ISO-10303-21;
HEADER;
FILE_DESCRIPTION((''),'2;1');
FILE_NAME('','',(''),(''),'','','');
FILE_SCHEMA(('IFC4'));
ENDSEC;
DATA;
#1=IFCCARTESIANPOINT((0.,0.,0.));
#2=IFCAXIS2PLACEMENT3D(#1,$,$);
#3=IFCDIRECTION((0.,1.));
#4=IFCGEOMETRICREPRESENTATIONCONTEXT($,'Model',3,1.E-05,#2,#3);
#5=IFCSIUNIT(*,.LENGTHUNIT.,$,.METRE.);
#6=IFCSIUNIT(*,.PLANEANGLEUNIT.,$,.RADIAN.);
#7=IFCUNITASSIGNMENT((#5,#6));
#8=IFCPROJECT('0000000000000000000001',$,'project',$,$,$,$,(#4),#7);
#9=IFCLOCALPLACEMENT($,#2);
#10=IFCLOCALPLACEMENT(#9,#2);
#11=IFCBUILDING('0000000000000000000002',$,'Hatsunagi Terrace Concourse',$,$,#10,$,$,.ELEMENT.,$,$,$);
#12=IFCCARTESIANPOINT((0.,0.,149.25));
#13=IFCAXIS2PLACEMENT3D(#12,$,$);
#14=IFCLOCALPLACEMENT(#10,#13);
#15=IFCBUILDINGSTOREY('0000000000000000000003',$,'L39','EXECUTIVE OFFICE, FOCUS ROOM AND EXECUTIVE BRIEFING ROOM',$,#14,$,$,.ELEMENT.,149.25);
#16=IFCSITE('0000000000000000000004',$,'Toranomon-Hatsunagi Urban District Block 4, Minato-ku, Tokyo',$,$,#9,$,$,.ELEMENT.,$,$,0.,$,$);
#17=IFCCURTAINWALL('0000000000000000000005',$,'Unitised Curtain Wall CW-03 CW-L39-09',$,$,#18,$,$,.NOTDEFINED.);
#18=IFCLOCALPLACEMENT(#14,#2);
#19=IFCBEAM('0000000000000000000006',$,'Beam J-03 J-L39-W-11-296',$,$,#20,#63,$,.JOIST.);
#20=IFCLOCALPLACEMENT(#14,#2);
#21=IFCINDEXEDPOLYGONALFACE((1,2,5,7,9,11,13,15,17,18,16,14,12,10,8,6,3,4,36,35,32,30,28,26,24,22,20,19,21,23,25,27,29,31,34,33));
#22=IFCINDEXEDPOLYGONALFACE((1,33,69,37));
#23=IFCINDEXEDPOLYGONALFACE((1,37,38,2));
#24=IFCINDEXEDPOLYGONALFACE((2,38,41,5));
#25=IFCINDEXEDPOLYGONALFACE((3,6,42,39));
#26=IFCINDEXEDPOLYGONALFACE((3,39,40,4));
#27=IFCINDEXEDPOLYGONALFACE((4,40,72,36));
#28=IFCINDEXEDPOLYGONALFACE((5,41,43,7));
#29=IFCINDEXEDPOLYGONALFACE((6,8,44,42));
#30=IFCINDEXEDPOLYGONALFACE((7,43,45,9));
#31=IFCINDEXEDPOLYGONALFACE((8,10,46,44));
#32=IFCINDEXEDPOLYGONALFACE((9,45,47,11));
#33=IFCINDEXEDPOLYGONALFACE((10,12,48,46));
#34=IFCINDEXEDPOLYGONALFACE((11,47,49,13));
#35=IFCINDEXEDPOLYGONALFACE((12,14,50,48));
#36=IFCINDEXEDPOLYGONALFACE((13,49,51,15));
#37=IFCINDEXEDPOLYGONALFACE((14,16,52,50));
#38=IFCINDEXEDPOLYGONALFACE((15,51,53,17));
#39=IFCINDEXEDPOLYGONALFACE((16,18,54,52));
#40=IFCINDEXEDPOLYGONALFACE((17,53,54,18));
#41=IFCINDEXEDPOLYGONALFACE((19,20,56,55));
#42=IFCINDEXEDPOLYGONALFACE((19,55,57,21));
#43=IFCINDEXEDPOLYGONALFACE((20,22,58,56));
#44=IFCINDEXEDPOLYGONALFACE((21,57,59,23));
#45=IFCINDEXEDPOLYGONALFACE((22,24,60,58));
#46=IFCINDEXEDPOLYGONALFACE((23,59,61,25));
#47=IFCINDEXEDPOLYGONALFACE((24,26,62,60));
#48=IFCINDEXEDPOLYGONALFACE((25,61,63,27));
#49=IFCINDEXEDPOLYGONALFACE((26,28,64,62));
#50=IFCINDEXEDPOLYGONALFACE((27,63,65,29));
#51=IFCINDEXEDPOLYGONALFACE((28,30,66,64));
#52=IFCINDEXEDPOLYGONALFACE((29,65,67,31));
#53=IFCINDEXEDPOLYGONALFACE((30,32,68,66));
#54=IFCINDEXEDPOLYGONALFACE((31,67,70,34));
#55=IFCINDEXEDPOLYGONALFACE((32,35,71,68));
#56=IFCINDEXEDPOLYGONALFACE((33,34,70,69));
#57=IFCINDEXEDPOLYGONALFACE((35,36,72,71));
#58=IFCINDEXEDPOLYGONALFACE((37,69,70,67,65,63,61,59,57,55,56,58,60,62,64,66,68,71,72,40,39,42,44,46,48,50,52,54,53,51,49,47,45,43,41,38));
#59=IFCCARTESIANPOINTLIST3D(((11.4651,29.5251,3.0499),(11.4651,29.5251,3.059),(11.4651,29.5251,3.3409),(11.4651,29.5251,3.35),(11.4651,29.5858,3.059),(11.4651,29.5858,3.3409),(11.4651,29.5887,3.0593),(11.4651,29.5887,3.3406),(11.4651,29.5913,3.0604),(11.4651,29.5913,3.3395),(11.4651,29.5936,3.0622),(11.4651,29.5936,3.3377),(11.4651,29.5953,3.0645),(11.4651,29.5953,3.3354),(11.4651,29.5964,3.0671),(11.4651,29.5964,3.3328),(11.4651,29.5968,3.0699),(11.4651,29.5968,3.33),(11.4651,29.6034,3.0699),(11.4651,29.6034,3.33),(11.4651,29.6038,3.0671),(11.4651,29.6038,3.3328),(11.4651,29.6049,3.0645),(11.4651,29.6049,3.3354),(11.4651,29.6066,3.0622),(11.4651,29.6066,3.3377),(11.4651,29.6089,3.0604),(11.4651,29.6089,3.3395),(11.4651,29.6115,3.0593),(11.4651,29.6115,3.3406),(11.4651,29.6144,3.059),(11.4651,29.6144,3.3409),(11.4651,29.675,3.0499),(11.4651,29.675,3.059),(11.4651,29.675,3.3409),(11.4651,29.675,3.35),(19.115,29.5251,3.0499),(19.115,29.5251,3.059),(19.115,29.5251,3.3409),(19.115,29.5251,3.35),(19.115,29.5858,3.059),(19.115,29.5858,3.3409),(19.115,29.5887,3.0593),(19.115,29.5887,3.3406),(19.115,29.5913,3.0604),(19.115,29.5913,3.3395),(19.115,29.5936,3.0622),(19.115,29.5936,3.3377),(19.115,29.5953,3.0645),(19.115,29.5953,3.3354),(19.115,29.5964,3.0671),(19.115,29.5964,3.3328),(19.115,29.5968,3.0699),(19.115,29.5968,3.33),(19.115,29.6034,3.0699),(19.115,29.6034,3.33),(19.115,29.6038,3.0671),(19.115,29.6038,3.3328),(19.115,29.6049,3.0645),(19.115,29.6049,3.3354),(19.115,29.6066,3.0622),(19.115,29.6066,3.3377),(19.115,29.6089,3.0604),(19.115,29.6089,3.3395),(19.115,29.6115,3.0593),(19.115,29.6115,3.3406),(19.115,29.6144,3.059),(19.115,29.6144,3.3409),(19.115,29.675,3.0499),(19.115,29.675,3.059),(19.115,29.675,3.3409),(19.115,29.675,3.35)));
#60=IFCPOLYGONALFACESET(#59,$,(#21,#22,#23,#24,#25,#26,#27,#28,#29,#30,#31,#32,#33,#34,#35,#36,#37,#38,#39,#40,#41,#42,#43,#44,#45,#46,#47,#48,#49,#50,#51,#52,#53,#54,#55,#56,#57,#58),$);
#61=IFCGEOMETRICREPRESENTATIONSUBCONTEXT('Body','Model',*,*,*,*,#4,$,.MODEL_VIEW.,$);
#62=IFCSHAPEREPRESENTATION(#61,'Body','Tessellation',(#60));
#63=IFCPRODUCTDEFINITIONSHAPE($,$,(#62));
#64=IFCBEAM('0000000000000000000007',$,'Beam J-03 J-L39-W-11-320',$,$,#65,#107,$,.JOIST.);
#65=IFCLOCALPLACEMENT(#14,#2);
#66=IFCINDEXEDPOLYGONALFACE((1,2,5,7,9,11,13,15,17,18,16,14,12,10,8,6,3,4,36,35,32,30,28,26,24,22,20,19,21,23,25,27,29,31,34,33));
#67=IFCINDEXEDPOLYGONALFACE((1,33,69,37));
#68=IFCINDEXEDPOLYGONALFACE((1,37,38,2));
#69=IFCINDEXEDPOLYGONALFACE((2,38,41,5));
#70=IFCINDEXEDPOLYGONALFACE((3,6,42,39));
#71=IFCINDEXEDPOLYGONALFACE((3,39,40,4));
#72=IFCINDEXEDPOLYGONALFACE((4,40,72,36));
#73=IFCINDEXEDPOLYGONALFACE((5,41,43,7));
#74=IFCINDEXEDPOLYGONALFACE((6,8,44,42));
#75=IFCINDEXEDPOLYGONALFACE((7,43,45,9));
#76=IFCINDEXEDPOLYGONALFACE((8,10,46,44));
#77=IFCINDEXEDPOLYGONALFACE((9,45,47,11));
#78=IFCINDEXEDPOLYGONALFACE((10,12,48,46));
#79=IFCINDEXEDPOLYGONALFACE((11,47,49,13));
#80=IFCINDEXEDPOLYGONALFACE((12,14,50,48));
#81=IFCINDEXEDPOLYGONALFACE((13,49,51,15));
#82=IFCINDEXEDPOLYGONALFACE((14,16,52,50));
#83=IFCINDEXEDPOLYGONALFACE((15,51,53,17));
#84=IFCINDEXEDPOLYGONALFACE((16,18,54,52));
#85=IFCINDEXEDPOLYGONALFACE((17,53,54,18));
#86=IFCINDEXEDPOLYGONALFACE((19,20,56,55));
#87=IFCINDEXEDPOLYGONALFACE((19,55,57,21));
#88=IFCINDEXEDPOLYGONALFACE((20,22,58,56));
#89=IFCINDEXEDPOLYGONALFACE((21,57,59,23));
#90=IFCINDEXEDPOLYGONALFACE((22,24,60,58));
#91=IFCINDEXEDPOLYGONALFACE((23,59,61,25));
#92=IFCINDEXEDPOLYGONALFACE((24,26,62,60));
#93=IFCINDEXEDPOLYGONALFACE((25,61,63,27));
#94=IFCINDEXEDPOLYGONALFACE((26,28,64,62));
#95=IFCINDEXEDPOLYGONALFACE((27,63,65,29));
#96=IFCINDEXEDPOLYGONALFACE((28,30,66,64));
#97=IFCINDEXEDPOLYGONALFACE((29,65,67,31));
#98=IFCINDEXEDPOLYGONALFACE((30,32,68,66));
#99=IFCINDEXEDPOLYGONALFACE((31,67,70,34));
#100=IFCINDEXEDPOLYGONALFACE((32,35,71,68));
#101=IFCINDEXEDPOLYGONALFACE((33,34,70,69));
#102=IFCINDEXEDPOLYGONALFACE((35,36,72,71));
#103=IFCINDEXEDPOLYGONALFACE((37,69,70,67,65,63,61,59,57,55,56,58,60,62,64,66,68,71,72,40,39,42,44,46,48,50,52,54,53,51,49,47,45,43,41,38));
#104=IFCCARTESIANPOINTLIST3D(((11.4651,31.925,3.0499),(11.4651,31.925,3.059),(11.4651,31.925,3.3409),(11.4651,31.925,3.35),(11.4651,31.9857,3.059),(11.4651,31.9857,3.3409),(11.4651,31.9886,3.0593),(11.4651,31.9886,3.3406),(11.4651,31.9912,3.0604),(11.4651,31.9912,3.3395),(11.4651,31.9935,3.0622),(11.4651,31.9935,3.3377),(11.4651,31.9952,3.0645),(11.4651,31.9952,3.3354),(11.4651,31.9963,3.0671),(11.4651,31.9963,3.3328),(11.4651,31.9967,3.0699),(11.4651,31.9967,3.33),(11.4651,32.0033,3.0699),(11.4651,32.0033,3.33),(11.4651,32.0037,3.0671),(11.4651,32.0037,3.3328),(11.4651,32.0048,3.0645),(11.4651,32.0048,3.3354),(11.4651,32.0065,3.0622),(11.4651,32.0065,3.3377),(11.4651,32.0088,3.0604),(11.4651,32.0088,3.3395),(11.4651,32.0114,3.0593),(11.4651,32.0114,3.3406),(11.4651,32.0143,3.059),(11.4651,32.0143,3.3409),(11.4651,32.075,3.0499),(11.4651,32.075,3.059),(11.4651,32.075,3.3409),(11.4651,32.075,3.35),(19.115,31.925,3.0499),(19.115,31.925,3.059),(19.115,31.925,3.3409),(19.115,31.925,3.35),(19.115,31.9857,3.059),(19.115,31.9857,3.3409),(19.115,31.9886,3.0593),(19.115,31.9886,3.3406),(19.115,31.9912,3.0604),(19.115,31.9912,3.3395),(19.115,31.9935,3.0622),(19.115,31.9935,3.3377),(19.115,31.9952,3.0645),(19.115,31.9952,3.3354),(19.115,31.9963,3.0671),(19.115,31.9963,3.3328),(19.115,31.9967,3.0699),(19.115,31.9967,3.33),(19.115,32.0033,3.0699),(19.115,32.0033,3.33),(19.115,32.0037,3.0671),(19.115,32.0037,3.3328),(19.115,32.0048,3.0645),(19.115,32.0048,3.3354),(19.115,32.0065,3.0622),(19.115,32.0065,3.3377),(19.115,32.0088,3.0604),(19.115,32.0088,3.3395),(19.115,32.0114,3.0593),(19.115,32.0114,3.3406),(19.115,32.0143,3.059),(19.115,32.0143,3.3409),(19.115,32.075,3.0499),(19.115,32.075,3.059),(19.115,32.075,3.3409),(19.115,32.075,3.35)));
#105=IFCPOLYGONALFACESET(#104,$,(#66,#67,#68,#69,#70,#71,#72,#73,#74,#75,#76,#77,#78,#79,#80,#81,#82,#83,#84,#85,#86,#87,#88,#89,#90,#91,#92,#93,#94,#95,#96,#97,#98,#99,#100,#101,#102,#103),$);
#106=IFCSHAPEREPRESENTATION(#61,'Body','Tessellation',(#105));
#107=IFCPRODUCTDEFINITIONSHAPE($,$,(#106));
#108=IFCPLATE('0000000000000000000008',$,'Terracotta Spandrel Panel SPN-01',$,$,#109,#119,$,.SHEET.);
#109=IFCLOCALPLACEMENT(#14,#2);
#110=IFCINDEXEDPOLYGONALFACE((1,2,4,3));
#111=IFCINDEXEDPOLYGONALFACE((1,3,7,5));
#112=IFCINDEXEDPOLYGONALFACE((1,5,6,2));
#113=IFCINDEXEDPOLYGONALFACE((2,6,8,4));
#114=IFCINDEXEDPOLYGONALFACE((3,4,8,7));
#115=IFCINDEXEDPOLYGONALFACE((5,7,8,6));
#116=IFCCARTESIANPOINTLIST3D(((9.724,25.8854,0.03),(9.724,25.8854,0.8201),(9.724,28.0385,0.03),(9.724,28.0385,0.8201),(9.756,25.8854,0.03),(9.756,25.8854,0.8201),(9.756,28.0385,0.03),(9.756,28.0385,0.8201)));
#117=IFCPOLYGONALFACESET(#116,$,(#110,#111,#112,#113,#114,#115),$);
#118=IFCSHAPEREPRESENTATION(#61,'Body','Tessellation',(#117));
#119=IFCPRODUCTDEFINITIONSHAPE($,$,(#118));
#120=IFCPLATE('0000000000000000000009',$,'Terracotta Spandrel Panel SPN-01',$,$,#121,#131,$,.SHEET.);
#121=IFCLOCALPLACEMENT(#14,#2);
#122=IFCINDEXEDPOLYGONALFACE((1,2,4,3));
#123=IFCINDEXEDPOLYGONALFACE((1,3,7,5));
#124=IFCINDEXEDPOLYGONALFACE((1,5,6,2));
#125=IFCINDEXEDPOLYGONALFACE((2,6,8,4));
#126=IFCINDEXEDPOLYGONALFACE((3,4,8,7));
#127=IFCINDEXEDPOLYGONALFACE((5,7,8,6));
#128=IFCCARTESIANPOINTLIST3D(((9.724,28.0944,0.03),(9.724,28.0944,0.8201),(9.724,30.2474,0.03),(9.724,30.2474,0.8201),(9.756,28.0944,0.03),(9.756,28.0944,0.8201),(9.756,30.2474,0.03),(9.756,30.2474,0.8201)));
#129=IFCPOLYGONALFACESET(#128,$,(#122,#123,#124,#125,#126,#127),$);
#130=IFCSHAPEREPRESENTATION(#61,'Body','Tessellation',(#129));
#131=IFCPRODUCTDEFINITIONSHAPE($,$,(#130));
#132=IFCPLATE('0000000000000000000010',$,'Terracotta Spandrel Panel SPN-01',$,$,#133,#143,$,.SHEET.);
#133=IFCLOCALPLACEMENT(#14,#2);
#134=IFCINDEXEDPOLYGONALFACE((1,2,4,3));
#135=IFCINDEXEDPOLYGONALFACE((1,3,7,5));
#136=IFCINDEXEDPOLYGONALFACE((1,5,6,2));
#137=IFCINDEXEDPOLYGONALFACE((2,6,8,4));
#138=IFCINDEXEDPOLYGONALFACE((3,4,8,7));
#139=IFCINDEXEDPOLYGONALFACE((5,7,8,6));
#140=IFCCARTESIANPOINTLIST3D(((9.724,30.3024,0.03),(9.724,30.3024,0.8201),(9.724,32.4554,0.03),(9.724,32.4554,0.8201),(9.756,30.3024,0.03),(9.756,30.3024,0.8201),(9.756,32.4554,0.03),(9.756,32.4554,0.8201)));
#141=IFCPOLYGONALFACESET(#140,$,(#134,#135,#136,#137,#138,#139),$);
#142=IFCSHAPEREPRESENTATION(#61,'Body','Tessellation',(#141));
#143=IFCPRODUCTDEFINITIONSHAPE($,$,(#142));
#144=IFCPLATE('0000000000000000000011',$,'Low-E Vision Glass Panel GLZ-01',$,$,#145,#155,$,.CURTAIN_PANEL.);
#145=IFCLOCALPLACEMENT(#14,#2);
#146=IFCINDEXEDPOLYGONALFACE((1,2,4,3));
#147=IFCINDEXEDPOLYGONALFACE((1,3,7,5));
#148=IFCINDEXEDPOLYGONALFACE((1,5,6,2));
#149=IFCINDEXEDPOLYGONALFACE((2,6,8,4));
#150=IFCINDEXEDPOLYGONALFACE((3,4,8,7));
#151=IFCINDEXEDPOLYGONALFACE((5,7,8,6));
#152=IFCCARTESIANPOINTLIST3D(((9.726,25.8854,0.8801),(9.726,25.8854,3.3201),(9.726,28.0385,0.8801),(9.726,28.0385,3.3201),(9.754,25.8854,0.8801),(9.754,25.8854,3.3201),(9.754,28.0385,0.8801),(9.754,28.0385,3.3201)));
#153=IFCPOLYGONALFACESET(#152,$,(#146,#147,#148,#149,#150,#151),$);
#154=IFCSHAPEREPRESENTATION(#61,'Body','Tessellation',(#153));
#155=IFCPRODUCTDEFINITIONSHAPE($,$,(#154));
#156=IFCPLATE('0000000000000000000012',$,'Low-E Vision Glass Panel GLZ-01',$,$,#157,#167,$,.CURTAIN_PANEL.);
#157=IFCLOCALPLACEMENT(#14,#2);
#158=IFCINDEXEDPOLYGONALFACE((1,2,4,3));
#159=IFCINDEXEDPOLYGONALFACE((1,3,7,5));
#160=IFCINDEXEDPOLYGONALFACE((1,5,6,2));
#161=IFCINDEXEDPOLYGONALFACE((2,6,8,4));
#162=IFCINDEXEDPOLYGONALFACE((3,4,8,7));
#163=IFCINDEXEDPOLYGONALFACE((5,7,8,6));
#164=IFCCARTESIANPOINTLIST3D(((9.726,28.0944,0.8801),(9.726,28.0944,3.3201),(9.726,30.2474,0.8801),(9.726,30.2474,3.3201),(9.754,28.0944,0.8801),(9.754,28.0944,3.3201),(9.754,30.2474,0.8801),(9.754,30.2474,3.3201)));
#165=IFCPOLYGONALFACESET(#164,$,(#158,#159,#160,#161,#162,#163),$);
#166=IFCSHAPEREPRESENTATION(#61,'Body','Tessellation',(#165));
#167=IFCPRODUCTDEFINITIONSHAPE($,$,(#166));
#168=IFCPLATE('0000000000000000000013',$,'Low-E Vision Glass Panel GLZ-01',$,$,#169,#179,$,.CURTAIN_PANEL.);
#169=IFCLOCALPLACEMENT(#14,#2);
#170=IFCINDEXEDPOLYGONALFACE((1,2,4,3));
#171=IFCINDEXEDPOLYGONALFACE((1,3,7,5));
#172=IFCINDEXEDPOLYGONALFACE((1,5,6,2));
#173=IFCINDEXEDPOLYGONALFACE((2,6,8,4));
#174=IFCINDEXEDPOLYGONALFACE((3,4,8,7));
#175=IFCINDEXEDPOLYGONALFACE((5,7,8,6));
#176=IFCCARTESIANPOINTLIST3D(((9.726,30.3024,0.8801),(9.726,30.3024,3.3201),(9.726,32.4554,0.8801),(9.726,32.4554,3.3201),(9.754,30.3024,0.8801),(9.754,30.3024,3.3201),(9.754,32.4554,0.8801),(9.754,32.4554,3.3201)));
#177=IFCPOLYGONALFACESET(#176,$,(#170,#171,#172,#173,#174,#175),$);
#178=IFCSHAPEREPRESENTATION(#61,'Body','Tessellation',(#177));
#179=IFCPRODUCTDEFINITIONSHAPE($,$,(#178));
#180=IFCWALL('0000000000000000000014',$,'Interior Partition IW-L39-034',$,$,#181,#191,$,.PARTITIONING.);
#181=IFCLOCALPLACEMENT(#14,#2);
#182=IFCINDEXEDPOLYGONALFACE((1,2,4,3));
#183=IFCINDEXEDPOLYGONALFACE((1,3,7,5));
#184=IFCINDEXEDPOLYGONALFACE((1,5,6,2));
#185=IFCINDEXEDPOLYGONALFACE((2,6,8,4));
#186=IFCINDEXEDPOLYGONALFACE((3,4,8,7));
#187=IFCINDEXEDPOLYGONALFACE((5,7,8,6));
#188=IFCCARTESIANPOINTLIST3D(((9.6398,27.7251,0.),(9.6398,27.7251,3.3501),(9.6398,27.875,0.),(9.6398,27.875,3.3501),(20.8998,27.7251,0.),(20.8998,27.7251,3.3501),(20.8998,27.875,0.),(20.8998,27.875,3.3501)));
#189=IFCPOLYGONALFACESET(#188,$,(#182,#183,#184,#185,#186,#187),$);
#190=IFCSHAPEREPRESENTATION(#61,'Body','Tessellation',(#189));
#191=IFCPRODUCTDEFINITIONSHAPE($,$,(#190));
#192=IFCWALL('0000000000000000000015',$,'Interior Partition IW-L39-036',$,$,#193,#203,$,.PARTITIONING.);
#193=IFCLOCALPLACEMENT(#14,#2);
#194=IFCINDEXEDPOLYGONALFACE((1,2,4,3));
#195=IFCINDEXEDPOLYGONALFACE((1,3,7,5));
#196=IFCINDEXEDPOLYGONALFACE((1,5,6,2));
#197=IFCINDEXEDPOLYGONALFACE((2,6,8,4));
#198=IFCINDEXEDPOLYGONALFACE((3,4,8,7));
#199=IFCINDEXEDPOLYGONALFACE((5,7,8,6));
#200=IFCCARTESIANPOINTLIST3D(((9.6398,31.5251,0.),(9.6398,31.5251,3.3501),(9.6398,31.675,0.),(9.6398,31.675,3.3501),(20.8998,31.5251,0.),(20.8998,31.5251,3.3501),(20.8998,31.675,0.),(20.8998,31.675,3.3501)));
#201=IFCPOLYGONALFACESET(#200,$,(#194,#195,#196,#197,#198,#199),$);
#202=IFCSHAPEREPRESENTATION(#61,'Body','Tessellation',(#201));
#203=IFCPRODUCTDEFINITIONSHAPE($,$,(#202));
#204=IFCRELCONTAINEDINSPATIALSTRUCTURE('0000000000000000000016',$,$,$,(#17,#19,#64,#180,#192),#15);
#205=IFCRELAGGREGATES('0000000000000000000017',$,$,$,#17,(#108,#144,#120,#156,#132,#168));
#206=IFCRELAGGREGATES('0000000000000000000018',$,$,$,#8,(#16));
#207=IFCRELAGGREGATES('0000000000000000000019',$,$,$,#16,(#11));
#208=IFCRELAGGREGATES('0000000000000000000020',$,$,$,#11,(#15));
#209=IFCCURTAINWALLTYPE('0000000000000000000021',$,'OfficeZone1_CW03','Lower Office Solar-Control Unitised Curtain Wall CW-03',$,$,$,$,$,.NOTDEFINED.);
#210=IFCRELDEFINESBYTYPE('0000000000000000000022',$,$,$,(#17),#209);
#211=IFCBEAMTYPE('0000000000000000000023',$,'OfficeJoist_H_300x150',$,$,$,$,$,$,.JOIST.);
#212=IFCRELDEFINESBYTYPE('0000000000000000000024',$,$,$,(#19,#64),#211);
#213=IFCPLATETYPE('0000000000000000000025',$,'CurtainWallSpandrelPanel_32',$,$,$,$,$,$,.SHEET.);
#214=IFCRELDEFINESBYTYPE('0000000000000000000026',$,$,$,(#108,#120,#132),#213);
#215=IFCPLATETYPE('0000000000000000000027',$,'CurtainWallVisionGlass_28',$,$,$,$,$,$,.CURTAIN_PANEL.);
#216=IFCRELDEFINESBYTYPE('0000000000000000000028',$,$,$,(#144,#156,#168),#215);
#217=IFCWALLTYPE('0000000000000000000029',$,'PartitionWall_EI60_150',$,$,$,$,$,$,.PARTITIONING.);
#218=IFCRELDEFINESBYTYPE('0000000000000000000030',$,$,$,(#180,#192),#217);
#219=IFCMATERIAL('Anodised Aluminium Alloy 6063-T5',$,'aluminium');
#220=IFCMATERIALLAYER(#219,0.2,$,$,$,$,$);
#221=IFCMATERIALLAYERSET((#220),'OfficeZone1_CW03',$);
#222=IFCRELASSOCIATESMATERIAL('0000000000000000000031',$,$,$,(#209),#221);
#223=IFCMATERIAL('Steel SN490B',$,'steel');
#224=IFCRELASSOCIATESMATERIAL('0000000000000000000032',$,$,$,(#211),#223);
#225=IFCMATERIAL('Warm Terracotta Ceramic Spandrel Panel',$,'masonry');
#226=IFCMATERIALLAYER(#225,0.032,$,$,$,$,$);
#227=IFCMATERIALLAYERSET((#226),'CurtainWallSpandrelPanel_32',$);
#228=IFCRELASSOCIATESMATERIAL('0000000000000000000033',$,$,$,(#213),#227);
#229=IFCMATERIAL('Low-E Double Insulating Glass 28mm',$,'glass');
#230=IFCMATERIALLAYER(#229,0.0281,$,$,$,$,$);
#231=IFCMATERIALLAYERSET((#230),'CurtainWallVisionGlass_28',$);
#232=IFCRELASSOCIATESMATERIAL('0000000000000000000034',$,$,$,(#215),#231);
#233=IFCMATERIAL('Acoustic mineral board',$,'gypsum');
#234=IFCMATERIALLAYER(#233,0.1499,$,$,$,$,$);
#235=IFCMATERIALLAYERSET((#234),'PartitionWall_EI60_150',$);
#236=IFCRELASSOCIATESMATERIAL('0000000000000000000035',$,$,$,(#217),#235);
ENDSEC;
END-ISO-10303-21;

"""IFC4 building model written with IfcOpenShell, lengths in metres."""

from ifc_helpers import new_model, si_unit, direction, frame, frame_2d, origin, origin_2d, place, context, subcontext, project, spatial, rectangle, i_section, extrude, material, layer, layer_set, material_profile, profile_set, type_object, element, aggregate, save


model = new_model("IFC4")

# Units and contexts
model_context = context("Model", 3, precision=1e-05, world=origin(), true_north=direction((0.0, 1.0)))
body_context = subcontext(model_context, "Body", "Model", "MODEL_VIEW")
ifc_project = project(units=[si_unit("LENGTHUNIT", "METRE"), si_unit("PLANEANGLEUNIT", "RADIAN")], contexts=[model_context])

# Site, building, storey
site_placement = place(None, origin())
site = spatial("IfcSite", under=ifc_project, at=site_placement, Name="Toranomon-Hatsunagi Urban District Block 4, Minato-ku, Tokyo", CompositionType="ELEMENT", RefElevation=0.0)
building_placement = place(site_placement, origin())
building = spatial("IfcBuilding", under=site, at=building_placement, Name="Hatsunagi Terrace Concourse", CompositionType="ELEMENT")
storey_placement = place(building_placement, frame((0.0, 0.0, 149.25)))
storey = spatial("IfcBuildingStorey", under=building, at=storey_placement, Name="L39", Description="EXECUTIVE OFFICE, FOCUS ROOM AND EXECUTIVE BRIEFING ROOM", CompositionType="ELEMENT", Elevation=149.25)

# Curtain wall
ifc_material_1 = material(Name="Anodised Aluminium Alloy 6063-T5", Category="aluminium")
ifc_layer_1 = layer(ifc_material_1, 0.2)
ifc_layer_set_1 = layer_set([ifc_layer_1], Name="OfficeZone1_CW03")
curtain_wall_type = type_object("IfcCurtainWallType", Name="OfficeZone1_CW03", Description="Lower Office Solar-Control Unitised Curtain Wall CW-03", PredefinedType="NOTDEFINED", material=ifc_layer_set_1)
curtain_wall_placement = place(storey_placement, origin())
curtain_wall = element("IfcCurtainWall", 1, at=curtain_wall_placement, inside=storey, type_object=curtain_wall_type, Name="Unitised Curtain Wall CW-03 CW-L39-09", PredefinedType="NOTDEFINED")

# Beams
ifc_material_2 = material(Name="Steel SN490B", Category="steel")
ifc_material_profile_1 = material_profile(ifc_material_2, i_section(OverallWidth=0.1499, OverallDepth=0.3, WebThickness=0.0066, FlangeThickness=0.009, FilletRadius=0.011, at=origin_2d()), Name="H-300x150x6.5x9")
ifc_profile_set_1 = profile_set([ifc_material_profile_1], Name="Steel SN490B")
beam_type = type_object("IfcBeamType", Name="OfficeJoist_H_300x150", PredefinedType="JOIST", material=ifc_profile_set_1)
for number, where, z_axis, x_axis, name in (
    (2, (11.4651, 29.6001, 3.2), (1.0, 0.0, 0.0), (0.0, 1.0, 0.0), "Beam J-03 J-L39-W-11-296"),
    (3, (11.4651, 32.0, 3.2), (1.0, 0.0, 0.0), (0.0, 1.0, 0.0), "Beam J-03 J-L39-W-11-320"),
):
    element("IfcBeam", number, at=place(storey_placement, frame(where, z_axis=z_axis, x_axis=x_axis)), inside=storey, type_object=beam_type, Name=name, PredefinedType="JOIST", context=body_context, shape_type="SweptSolid", body=[
        extrude(i_section(OverallWidth=0.1499, OverallDepth=0.3, WebThickness=0.0066, FlangeThickness=0.009, FilletRadius=0.011, at=origin_2d()), origin(), (0.0, 0.0, 1.0), 7.6499),
    ])

# Plates
ifc_material_3 = material(Name="Warm Terracotta Ceramic Spandrel Panel", Category="masonry")
ifc_layer_2 = layer(ifc_material_3, 0.032)
ifc_layer_set_2 = layer_set([ifc_layer_2], Name="CurtainWallSpandrelPanel_32")
plate_type_1 = type_object("IfcPlateType", Name="CurtainWallSpandrelPanel_32", PredefinedType="SHEET", material=ifc_layer_set_2)
plate_1_placement = place(storey_placement, frame((9.74, 26.9619, 0.03), z_axis=(0.0, 0.0, 1.0), x_axis=(0.0, 1.0, 0.0)))
plate_1 = element("IfcPlate", 4, at=plate_1_placement, type_object=plate_type_1, Name="Terracotta Spandrel Panel SPN-01", PredefinedType="SHEET", context=body_context, shape_type="SweptSolid", body=[
    extrude(rectangle(XDim=2.1531, YDim=0.032, at=origin_2d()), origin(), (0.0, 0.0, 1.0), 0.79),
])
plate_2_placement = place(storey_placement, frame((9.74, 29.1709, 0.03), z_axis=(0.0, 0.0, 1.0), x_axis=(0.0, 1.0, 0.0)))
plate_2 = element("IfcPlate", 5, at=plate_2_placement, type_object=plate_type_1, Name="Terracotta Spandrel Panel SPN-01", PredefinedType="SHEET", context=body_context, shape_type="SweptSolid", body=[
    extrude(rectangle(XDim=2.1531, YDim=0.032, at=origin_2d()), origin(), (0.0, 0.0, 1.0), 0.79),
])
plate_3_placement = place(storey_placement, frame((9.74, 31.3789, 0.03), z_axis=(0.0, 0.0, 1.0), x_axis=(0.0, 1.0, 0.0)))
plate_3 = element("IfcPlate", 6, at=plate_3_placement, type_object=plate_type_1, Name="Terracotta Spandrel Panel SPN-01", PredefinedType="SHEET", context=body_context, shape_type="SweptSolid", body=[
    extrude(rectangle(XDim=2.1531, YDim=0.032, at=origin_2d()), origin(), (0.0, 0.0, 1.0), 0.79),
])
ifc_material_4 = material(Name="Low-E Double Insulating Glass 28mm", Category="glass")
ifc_layer_3 = layer(ifc_material_4, 0.0281)
ifc_layer_set_3 = layer_set([ifc_layer_3], Name="CurtainWallVisionGlass_28")
plate_type_2 = type_object("IfcPlateType", Name="CurtainWallVisionGlass_28", PredefinedType="CURTAIN_PANEL", material=ifc_layer_set_3)
plate_4_placement = place(storey_placement, frame((9.74, 26.9619, 0.8801), z_axis=(0.0, 0.0, 1.0), x_axis=(0.0, 1.0, 0.0)))
plate_4 = element("IfcPlate", 7, at=plate_4_placement, type_object=plate_type_2, Name="Low-E Vision Glass Panel GLZ-01", PredefinedType="CURTAIN_PANEL", context=body_context, shape_type="SweptSolid", body=[
    extrude(rectangle(XDim=2.1531, YDim=0.0281, at=origin_2d()), origin(), (0.0, 0.0, 1.0), 2.4399),
])
plate_5_placement = place(storey_placement, frame((9.74, 29.1709, 0.8801), z_axis=(0.0, 0.0, 1.0), x_axis=(0.0, 1.0, 0.0)))
plate_5 = element("IfcPlate", 8, at=plate_5_placement, type_object=plate_type_2, Name="Low-E Vision Glass Panel GLZ-01", PredefinedType="CURTAIN_PANEL", context=body_context, shape_type="SweptSolid", body=[
    extrude(rectangle(XDim=2.1531, YDim=0.0281, at=origin_2d()), origin(), (0.0, 0.0, 1.0), 2.4399),
])
plate_6_placement = place(storey_placement, frame((9.74, 31.3789, 0.8801), z_axis=(0.0, 0.0, 1.0), x_axis=(0.0, 1.0, 0.0)))
plate_6 = element("IfcPlate", 9, at=plate_6_placement, type_object=plate_type_2, Name="Low-E Vision Glass Panel GLZ-01", PredefinedType="CURTAIN_PANEL", context=body_context, shape_type="SweptSolid", body=[
    extrude(rectangle(XDim=2.1531, YDim=0.0281, at=origin_2d()), origin(), (0.0, 0.0, 1.0), 2.4399),
])
aggregate(curtain_wall, [plate_1, plate_4, plate_2, plate_5, plate_3, plate_6])

# Walls
ifc_material_5 = material(Name="Acoustic mineral board", Category="gypsum")
ifc_layer_4 = layer(ifc_material_5, 0.1499)
ifc_layer_set_4 = layer_set([ifc_layer_4], Name="PartitionWall_EI60_150")
wall_type = type_object("IfcWallType", Name="PartitionWall_EI60_150", PredefinedType="PARTITIONING", material=ifc_layer_set_4)
for number, where, z_axis, x_axis, name in (
    (10, (9.6399, 27.8, 0.0), (0.0, 0.0, 1.0), (1.0, 0.0, 0.0), "Interior Partition IW-L39-034"),
    (11, (9.6399, 31.6001, 0.0), (0.0, 0.0, 1.0), (1.0, 0.0, 0.0), "Interior Partition IW-L39-036"),
):
    element("IfcWall", number, at=place(storey_placement, frame(where, z_axis=z_axis, x_axis=x_axis)), inside=storey, type_object=wall_type, Name=name, PredefinedType="PARTITIONING", context=body_context, shape_type="SweptSolid", body=[
        extrude(rectangle(XDim=11.26, YDim=0.1499, at=frame_2d((5.6299, 0.0))), origin(), (0.0, 0.0, 1.0), 3.3501),
    ])

save(model, "model.ifc")
